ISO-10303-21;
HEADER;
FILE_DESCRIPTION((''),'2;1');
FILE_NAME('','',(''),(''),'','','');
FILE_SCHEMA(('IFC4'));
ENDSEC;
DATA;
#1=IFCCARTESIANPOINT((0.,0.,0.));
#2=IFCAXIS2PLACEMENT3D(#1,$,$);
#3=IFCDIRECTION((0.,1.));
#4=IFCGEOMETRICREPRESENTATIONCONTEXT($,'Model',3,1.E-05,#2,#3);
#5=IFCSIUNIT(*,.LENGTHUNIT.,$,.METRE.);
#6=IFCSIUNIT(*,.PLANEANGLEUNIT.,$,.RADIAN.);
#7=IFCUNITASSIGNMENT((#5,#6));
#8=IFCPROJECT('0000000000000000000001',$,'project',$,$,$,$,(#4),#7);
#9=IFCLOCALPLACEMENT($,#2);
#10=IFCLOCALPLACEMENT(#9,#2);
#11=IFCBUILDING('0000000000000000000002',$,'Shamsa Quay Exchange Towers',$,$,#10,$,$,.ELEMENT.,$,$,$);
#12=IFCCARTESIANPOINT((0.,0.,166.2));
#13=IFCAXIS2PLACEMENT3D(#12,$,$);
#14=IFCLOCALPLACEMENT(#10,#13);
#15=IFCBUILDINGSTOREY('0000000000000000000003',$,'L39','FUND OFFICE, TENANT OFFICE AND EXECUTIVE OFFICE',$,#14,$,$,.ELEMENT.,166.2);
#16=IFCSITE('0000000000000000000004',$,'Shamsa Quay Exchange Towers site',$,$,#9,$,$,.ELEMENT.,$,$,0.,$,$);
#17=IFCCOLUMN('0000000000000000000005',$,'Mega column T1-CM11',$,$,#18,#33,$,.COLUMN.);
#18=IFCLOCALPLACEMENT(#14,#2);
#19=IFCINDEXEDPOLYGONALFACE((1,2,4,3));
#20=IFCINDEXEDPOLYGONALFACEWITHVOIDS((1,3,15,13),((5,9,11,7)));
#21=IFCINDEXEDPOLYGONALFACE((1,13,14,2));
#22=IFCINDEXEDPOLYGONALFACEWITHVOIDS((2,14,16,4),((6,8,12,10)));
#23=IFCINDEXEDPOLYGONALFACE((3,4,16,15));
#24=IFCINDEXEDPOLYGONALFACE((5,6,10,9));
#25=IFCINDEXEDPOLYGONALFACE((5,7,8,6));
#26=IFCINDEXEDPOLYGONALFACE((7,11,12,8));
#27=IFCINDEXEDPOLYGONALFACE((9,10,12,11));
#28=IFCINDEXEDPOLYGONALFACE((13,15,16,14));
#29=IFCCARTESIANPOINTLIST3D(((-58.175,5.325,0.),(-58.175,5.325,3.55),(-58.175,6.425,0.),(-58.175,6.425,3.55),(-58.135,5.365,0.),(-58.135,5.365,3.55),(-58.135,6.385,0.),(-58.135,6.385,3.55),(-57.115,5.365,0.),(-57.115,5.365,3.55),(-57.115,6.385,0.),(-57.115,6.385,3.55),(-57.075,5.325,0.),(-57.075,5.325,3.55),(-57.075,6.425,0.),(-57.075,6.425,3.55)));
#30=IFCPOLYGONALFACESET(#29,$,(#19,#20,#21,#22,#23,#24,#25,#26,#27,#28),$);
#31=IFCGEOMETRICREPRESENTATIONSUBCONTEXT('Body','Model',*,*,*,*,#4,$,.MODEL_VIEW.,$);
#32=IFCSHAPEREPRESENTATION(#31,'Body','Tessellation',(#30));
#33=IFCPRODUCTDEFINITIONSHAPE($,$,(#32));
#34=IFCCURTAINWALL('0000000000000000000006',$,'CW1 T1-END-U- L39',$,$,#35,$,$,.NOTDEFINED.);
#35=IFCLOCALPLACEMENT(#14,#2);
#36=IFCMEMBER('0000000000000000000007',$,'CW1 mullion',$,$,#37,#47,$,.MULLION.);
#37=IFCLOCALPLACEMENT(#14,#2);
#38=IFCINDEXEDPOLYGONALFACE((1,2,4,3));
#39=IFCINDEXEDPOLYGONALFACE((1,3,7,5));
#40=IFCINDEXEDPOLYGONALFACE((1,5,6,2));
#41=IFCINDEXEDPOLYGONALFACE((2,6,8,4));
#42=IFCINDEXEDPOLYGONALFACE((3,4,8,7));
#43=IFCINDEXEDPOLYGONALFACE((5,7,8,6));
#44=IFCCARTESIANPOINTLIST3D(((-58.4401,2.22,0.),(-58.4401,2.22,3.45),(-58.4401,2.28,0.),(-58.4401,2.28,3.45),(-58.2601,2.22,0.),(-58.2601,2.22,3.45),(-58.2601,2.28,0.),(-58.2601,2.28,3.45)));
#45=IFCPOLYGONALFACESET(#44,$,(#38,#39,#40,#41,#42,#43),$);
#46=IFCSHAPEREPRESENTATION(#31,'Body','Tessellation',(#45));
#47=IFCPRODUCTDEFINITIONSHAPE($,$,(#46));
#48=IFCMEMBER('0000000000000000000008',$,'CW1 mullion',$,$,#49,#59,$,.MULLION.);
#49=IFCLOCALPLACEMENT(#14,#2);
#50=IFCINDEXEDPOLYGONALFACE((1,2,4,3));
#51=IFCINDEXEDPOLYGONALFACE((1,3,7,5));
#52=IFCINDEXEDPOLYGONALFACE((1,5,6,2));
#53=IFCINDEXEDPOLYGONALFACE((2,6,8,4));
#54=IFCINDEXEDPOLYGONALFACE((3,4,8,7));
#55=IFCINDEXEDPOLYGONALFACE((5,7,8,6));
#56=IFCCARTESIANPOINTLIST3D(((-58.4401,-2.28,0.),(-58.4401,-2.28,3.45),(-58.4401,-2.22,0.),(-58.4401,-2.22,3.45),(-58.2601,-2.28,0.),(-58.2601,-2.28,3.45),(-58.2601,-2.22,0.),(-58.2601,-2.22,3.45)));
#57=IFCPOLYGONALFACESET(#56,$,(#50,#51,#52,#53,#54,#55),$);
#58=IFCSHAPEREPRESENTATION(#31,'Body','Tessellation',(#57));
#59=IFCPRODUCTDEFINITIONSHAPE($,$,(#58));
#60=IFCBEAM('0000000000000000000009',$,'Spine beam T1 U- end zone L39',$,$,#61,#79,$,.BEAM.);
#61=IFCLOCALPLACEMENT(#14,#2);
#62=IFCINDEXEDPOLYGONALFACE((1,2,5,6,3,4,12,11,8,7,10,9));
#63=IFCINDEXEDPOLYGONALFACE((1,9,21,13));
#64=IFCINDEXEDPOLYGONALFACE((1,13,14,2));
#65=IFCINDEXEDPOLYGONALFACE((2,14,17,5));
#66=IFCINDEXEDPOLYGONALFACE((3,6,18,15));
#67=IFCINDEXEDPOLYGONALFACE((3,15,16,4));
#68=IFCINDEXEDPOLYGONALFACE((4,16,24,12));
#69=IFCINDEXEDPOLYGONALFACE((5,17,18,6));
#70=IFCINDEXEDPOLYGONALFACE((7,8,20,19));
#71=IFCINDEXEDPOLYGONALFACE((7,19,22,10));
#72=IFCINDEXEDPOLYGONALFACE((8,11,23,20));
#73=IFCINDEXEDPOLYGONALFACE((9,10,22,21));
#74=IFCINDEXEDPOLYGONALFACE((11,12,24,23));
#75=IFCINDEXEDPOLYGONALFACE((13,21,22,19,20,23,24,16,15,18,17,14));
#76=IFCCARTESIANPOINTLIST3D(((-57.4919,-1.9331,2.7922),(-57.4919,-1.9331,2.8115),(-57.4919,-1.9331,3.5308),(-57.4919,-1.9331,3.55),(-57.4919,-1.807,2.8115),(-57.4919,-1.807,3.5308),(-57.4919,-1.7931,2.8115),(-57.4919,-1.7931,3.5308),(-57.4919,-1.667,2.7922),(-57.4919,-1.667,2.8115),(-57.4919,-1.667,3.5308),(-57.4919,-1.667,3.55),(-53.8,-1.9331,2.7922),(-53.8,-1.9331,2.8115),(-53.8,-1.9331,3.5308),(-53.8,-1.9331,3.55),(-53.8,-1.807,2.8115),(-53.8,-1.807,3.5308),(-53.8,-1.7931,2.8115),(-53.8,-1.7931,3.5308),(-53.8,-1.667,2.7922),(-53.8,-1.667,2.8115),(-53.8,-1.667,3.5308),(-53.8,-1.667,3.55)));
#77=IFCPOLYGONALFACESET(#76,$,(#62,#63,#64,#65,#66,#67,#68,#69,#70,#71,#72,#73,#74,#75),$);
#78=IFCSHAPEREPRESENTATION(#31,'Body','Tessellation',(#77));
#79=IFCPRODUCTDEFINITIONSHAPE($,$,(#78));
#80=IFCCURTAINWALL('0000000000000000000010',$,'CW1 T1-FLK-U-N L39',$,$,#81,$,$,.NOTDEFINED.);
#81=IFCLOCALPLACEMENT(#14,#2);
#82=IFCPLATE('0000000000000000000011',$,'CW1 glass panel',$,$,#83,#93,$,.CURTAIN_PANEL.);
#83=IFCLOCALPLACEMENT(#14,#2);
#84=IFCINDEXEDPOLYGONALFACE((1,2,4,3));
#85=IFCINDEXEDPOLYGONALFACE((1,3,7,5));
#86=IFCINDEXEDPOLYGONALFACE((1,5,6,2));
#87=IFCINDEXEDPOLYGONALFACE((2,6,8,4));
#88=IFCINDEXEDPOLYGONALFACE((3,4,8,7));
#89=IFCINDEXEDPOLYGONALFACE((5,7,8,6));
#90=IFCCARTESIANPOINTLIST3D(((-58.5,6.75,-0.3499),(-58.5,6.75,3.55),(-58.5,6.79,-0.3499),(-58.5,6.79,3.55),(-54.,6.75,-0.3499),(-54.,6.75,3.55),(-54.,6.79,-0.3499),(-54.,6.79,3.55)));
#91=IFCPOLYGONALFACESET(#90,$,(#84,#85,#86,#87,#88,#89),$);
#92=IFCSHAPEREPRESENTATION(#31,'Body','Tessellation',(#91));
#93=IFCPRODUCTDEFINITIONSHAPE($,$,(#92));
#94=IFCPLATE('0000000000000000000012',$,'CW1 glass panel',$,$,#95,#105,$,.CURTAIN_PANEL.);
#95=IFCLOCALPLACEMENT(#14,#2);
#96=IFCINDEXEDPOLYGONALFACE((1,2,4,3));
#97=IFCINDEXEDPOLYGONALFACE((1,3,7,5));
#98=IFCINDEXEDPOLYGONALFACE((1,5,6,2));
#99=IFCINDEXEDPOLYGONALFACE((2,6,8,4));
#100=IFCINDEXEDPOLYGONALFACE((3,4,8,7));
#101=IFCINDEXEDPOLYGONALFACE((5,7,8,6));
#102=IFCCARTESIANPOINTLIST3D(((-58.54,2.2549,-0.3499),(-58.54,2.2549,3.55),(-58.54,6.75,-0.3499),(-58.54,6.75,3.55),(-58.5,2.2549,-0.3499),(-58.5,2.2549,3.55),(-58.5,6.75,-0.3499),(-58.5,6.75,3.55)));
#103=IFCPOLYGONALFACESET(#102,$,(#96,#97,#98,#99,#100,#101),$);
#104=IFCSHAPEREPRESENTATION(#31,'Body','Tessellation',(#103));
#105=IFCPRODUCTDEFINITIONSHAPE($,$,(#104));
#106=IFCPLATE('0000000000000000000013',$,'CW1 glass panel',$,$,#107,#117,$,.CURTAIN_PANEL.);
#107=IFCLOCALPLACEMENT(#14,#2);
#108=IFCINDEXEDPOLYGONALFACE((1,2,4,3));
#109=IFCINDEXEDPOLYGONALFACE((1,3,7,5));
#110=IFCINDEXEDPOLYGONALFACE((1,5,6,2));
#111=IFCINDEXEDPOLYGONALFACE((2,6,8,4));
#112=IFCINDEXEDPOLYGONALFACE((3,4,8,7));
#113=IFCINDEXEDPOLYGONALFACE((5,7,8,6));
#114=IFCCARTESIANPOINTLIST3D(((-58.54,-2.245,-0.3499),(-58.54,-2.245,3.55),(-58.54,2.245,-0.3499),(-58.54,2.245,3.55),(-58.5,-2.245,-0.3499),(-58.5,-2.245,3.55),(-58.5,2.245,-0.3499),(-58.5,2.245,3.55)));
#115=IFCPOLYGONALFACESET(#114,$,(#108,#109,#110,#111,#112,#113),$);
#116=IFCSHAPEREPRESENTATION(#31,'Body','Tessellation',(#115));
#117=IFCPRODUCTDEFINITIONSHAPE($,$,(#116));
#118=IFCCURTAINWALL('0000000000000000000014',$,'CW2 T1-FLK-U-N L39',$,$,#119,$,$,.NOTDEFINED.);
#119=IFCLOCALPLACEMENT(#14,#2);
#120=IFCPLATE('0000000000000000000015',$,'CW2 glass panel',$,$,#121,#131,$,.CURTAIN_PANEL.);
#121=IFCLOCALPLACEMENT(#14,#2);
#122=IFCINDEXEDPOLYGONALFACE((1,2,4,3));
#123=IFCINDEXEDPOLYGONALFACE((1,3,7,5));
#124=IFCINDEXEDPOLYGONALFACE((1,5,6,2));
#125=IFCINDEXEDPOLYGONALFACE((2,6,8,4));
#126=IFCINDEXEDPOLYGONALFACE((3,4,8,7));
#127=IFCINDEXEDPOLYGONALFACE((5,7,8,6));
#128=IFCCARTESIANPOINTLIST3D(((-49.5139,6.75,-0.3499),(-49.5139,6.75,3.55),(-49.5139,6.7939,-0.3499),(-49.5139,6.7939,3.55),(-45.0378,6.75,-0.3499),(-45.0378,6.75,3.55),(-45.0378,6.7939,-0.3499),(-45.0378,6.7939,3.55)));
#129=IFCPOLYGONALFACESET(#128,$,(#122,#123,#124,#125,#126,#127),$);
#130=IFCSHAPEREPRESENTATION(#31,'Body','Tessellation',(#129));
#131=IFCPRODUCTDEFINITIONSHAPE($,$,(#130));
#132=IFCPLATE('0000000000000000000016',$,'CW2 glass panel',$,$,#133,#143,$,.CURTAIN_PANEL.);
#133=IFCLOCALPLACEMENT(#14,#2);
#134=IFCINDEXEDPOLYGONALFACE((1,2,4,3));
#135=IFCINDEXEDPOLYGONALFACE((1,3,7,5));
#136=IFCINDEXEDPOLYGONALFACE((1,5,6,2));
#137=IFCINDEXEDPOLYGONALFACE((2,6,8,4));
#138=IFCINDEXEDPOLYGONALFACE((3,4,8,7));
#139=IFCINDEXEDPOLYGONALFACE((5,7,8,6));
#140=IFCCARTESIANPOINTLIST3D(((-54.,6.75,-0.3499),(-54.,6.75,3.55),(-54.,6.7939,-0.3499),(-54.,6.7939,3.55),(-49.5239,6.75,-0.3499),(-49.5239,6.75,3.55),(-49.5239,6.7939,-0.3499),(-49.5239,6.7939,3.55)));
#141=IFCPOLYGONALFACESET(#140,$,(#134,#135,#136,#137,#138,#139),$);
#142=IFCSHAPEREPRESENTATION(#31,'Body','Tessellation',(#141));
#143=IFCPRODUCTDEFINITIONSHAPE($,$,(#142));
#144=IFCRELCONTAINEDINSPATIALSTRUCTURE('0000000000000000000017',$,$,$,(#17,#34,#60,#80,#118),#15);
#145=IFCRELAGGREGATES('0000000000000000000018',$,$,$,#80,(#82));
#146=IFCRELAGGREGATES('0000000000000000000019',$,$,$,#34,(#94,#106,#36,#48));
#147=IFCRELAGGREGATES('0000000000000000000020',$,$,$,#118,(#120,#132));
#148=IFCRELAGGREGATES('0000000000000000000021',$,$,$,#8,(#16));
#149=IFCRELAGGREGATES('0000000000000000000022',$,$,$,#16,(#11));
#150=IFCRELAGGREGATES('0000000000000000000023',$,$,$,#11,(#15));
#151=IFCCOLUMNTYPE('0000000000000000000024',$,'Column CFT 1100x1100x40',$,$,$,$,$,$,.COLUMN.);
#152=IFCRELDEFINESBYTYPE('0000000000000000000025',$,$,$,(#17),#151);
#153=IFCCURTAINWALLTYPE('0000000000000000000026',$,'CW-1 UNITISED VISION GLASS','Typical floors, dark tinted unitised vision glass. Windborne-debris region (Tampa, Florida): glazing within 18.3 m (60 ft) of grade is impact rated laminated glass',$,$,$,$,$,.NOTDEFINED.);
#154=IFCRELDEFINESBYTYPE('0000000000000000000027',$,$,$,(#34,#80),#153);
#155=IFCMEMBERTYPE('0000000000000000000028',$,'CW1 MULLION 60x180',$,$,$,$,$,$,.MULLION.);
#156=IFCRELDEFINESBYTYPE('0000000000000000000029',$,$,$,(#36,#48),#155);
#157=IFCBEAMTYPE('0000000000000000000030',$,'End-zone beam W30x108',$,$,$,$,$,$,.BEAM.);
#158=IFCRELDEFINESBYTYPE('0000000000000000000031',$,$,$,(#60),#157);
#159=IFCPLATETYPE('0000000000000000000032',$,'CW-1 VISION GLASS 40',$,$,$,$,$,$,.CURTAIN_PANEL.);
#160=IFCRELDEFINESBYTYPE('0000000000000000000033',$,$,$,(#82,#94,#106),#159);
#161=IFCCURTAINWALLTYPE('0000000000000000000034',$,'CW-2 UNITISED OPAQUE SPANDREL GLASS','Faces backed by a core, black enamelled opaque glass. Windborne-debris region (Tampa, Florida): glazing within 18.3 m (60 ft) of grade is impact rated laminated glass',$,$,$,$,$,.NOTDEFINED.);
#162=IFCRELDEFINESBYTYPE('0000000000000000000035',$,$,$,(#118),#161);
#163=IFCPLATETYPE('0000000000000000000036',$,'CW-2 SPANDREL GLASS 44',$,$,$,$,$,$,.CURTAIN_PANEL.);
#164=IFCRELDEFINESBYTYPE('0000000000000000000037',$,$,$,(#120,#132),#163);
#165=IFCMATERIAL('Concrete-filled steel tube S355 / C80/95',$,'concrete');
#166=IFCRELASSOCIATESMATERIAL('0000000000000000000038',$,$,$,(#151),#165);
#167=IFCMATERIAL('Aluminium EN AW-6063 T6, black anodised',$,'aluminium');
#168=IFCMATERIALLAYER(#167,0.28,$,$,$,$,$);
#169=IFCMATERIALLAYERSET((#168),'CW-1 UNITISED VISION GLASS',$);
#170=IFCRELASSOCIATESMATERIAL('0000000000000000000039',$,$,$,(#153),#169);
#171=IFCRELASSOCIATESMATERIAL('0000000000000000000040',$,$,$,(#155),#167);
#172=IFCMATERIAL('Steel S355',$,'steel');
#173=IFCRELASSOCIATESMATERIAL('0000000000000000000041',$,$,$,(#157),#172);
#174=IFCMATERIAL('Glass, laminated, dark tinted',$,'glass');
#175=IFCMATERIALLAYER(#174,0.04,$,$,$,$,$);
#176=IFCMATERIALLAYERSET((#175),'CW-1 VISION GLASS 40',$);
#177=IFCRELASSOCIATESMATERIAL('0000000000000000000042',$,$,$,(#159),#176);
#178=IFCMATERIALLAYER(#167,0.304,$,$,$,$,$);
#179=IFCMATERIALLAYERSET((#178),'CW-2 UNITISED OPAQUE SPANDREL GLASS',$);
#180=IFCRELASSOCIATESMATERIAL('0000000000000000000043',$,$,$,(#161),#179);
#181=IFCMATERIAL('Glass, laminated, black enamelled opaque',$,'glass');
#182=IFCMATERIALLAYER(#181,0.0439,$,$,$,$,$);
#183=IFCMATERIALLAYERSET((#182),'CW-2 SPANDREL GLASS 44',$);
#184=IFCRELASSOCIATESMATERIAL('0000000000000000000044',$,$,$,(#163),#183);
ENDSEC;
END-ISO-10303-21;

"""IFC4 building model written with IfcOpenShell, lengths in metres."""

from ifc_helpers import new_model, si_unit, direction, frame, origin, origin_2d, place, context, subcontext, project, spatial, rectangle, hollow_rectangle, i_section, extrude, material, layer, layer_set, material_profile, profile_set, type_object, element, aggregate, save


model = new_model("IFC4")

# Units and contexts
model_context = context("Model", 3, precision=1e-05, world=origin(), true_north=direction((0.0, 1.0)))
body_context = subcontext(model_context, "Body", "Model", "MODEL_VIEW")
ifc_project = project(units=[si_unit("LENGTHUNIT", "METRE"), si_unit("PLANEANGLEUNIT", "RADIAN")], contexts=[model_context])

# Site, building, storey
site_placement = place(None, origin())
site = spatial("IfcSite", under=ifc_project, at=site_placement, Name="Shamsa Quay Exchange Towers site", CompositionType="ELEMENT", RefElevation=0.0)
building_placement = place(site_placement, origin())
building = spatial("IfcBuilding", under=site, at=building_placement, Name="Shamsa Quay Exchange Towers", CompositionType="ELEMENT")
storey_placement = place(building_placement, frame((0.0, 0.0, 166.2)))
storey = spatial("IfcBuildingStorey", under=building, at=storey_placement, Name="L39", Description="FUND OFFICE, TENANT OFFICE AND EXECUTIVE OFFICE", CompositionType="ELEMENT", Elevation=166.2)

# Column
ifc_material_1 = material(Name="Concrete-filled steel tube S355 / C80/95", Category="concrete")
ifc_material_profile_1 = material_profile(ifc_material_1, hollow_rectangle(XDim=1.1001, YDim=1.1001, WallThickness=0.04, at=origin_2d()), Name="CFT 1100x1100x40")
ifc_profile_set_1 = profile_set([ifc_material_profile_1], Name="Concrete-filled steel tube S355 / C80/95")
column_type = type_object("IfcColumnType", Name="Column CFT 1100x1100x40", PredefinedType="COLUMN", material=ifc_profile_set_1)
column_placement = place(storey_placement, frame((-57.625, 5.875, 0.0)))
element("IfcColumn", 1, at=column_placement, inside=storey, type_object=column_type, Name="Mega column T1-CM11", PredefinedType="COLUMN", context=body_context, shape_type="SweptSolid", body=[
    extrude(hollow_rectangle(XDim=1.1001, YDim=1.1001, WallThickness=0.04, at=origin_2d()), origin(), (0.0, 0.0, 1.0), 3.55),
])

# Curtain wall, members
ifc_material_2 = material(Name="Aluminium EN AW-6063 T6, black anodised", Category="aluminium")
ifc_layer_1 = layer(ifc_material_2, 0.28)
ifc_layer_set_1 = layer_set([ifc_layer_1], Name="CW-1 UNITISED VISION GLASS")
curtain_wall_type_1 = type_object("IfcCurtainWallType", Name="CW-1 UNITISED VISION GLASS", Description="Typical floors, dark tinted unitised vision glass. Windborne-debris region (Tampa, Florida): glazing within 18.3 m (60 ft) of grade is impact rated laminated glass", PredefinedType="NOTDEFINED", material=ifc_layer_set_1)
curtain_wall_1_placement = place(storey_placement, origin())
curtain_wall_1 = element("IfcCurtainWall", 2, at=curtain_wall_1_placement, inside=storey, type_object=curtain_wall_type_1, Name="CW1 T1-END-U- L39", PredefinedType="NOTDEFINED")
ifc_material_profile_2 = material_profile(ifc_material_2, rectangle(XDim=0.1799, YDim=0.0601, at=origin_2d()), Name="MU60x180")
ifc_profile_set_2 = profile_set([ifc_material_profile_2], Name="Aluminium EN AW-6063 T6, black anodised")
member_type = type_object("IfcMemberType", Name="CW1 MULLION 60x180", PredefinedType="MULLION", material=ifc_profile_set_2)
member_1_placement = place(storey_placement, frame((-58.3501, 2.25, 0.0)))
member_1 = element("IfcMember", 3, at=member_1_placement, type_object=member_type, Name="CW1 mullion", PredefinedType="MULLION", context=body_context, shape_type="SweptSolid", body=[
    extrude(rectangle(XDim=0.1799, YDim=0.0601, at=origin_2d()), origin(), (0.0, 0.0, 1.0), 3.45),
])
member_2_placement = place(storey_placement, frame((-58.3501, -2.25, 0.0)))
member_2 = element("IfcMember", 4, at=member_2_placement, type_object=member_type, Name="CW1 mullion", PredefinedType="MULLION", context=body_context, shape_type="SweptSolid", body=[
    extrude(rectangle(XDim=0.1799, YDim=0.0601, at=origin_2d()), origin(), (0.0, 0.0, 1.0), 3.45),
])

# Beam
ifc_material_3 = material(Name="Steel S355", Category="steel")
ifc_material_profile_3 = material_profile(ifc_material_3, i_section(OverallWidth=0.2661, OverallDepth=0.7578, WebThickness=0.0139, FlangeThickness=0.0193, at=origin_2d()), Name="W30x108")
ifc_profile_set_3 = profile_set([ifc_material_profile_3], Name="Steel S355")
beam_type = type_object("IfcBeamType", Name="End-zone beam W30x108", PredefinedType="BEAM", material=ifc_profile_set_3)
beam_placement = place(storey_placement, frame((-53.8, -1.8, 3.1711), z_axis=(-1.0, 0.0, 0.0), x_axis=(0.0, -1.0, 0.0)))
element("IfcBeam", 5, at=beam_placement, inside=storey, type_object=beam_type, Name="Spine beam T1 U- end zone L39", PredefinedType="BEAM", context=body_context, shape_type="SweptSolid", body=[
    extrude(i_section(OverallWidth=0.2661, OverallDepth=0.7578, WebThickness=0.0139, FlangeThickness=0.0193, at=origin_2d()), origin(), (0.0, 0.0, 1.0), 3.6919),
])

# Curtain wall, plate
curtain_wall_2_placement = place(storey_placement, origin())
curtain_wall_2 = element("IfcCurtainWall", 6, at=curtain_wall_2_placement, inside=storey, type_object=curtain_wall_type_1, Name="CW1 T1-FLK-U-N L39", PredefinedType="NOTDEFINED")
ifc_material_4 = material(Name="Glass, laminated, dark tinted", Category="glass")
ifc_layer_2 = layer(ifc_material_4, 0.04)
ifc_layer_set_2 = layer_set([ifc_layer_2], Name="CW-1 VISION GLASS 40")
plate_type_1 = type_object("IfcPlateType", Name="CW-1 VISION GLASS 40", PredefinedType="CURTAIN_PANEL", material=ifc_layer_set_2)
plate_1_placement = place(storey_placement, frame((-56.25, 6.77, -0.3499), z_axis=(0.0, 0.0, 1.0), x_axis=(-1.0, 0.0, 0.0)))
plate_1 = element("IfcPlate", 7, at=plate_1_placement, type_object=plate_type_1, Name="CW1 glass panel", PredefinedType="CURTAIN_PANEL", context=body_context, shape_type="SweptSolid", body=[
    extrude(rectangle(XDim=4.5, YDim=0.04, at=origin_2d()), origin(), (0.0, 0.0, 1.0), 3.8999),
])
aggregate(curtain_wall_2, [plate_1])

# Plates
plate_2_placement = place(storey_placement, frame((-58.52, 4.5024, -0.3499), z_axis=(0.0, 0.0, 1.0), x_axis=(0.0, -1.0, 0.0)))
plate_2 = element("IfcPlate", 8, at=plate_2_placement, type_object=plate_type_1, Name="CW1 glass panel", PredefinedType="CURTAIN_PANEL", context=body_context, shape_type="SweptSolid", body=[
    extrude(rectangle(XDim=4.4951, YDim=0.04, at=origin_2d()), origin(), (0.0, 0.0, 1.0), 3.8999),
])
plate_3_placement = place(storey_placement, frame((-58.52, 0.0, -0.3499), z_axis=(0.0, 0.0, 1.0), x_axis=(0.0, -1.0, 0.0)))
plate_3 = element("IfcPlate", 9, at=plate_3_placement, type_object=plate_type_1, Name="CW1 glass panel", PredefinedType="CURTAIN_PANEL", context=body_context, shape_type="SweptSolid", body=[
    extrude(rectangle(XDim=4.49, YDim=0.04, at=origin_2d()), origin(), (0.0, 0.0, 1.0), 3.8999),
])
aggregate(curtain_wall_1, [plate_2, plate_3, member_1, member_2])

# Curtain wall, plates
ifc_layer_3 = layer(ifc_material_2, 0.304)
ifc_layer_set_3 = layer_set([ifc_layer_3], Name="CW-2 UNITISED OPAQUE SPANDREL GLASS")
curtain_wall_type_2 = type_object("IfcCurtainWallType", Name="CW-2 UNITISED OPAQUE SPANDREL GLASS", Description="Faces backed by a core, black enamelled opaque glass. Windborne-debris region (Tampa, Florida): glazing within 18.3 m (60 ft) of grade is impact rated laminated glass", PredefinedType="NOTDEFINED", material=ifc_layer_set_3)
curtain_wall_3_placement = place(storey_placement, origin())
curtain_wall_3 = element("IfcCurtainWall", 10, at=curtain_wall_3_placement, inside=storey, type_object=curtain_wall_type_2, Name="CW2 T1-FLK-U-N L39", PredefinedType="NOTDEFINED")
ifc_material_5 = material(Name="Glass, laminated, black enamelled opaque", Category="glass")
ifc_layer_4 = layer(ifc_material_5, 0.0439)
ifc_layer_set_4 = layer_set([ifc_layer_4], Name="CW-2 SPANDREL GLASS 44")
plate_type_2 = type_object("IfcPlateType", Name="CW-2 SPANDREL GLASS 44", PredefinedType="CURTAIN_PANEL", material=ifc_layer_set_4)
plate_4_placement = place(storey_placement, frame((-47.2759, 6.772, -0.3499), z_axis=(0.0, 0.0, 1.0), x_axis=(-1.0, 0.0, 0.0)))
plate_4 = element("IfcPlate", 11, at=plate_4_placement, type_object=plate_type_2, Name="CW2 glass panel", PredefinedType="CURTAIN_PANEL", context=body_context, shape_type="SweptSolid", body=[
    extrude(rectangle(XDim=4.4761, YDim=0.0439, at=origin_2d()), origin(), (0.0, 0.0, 1.0), 3.8999),
])
plate_5_placement = place(storey_placement, frame((-51.762, 6.772, -0.3499), z_axis=(0.0, 0.0, 1.0), x_axis=(-1.0, 0.0, 0.0)))
plate_5 = element("IfcPlate", 12, at=plate_5_placement, type_object=plate_type_2, Name="CW2 glass panel", PredefinedType="CURTAIN_PANEL", context=body_context, shape_type="SweptSolid", body=[
    extrude(rectangle(XDim=4.4761, YDim=0.0439, at=origin_2d()), origin(), (0.0, 0.0, 1.0), 3.8999),
])
aggregate(curtain_wall_3, [plate_4, plate_5])

save(model, "model.ifc")
